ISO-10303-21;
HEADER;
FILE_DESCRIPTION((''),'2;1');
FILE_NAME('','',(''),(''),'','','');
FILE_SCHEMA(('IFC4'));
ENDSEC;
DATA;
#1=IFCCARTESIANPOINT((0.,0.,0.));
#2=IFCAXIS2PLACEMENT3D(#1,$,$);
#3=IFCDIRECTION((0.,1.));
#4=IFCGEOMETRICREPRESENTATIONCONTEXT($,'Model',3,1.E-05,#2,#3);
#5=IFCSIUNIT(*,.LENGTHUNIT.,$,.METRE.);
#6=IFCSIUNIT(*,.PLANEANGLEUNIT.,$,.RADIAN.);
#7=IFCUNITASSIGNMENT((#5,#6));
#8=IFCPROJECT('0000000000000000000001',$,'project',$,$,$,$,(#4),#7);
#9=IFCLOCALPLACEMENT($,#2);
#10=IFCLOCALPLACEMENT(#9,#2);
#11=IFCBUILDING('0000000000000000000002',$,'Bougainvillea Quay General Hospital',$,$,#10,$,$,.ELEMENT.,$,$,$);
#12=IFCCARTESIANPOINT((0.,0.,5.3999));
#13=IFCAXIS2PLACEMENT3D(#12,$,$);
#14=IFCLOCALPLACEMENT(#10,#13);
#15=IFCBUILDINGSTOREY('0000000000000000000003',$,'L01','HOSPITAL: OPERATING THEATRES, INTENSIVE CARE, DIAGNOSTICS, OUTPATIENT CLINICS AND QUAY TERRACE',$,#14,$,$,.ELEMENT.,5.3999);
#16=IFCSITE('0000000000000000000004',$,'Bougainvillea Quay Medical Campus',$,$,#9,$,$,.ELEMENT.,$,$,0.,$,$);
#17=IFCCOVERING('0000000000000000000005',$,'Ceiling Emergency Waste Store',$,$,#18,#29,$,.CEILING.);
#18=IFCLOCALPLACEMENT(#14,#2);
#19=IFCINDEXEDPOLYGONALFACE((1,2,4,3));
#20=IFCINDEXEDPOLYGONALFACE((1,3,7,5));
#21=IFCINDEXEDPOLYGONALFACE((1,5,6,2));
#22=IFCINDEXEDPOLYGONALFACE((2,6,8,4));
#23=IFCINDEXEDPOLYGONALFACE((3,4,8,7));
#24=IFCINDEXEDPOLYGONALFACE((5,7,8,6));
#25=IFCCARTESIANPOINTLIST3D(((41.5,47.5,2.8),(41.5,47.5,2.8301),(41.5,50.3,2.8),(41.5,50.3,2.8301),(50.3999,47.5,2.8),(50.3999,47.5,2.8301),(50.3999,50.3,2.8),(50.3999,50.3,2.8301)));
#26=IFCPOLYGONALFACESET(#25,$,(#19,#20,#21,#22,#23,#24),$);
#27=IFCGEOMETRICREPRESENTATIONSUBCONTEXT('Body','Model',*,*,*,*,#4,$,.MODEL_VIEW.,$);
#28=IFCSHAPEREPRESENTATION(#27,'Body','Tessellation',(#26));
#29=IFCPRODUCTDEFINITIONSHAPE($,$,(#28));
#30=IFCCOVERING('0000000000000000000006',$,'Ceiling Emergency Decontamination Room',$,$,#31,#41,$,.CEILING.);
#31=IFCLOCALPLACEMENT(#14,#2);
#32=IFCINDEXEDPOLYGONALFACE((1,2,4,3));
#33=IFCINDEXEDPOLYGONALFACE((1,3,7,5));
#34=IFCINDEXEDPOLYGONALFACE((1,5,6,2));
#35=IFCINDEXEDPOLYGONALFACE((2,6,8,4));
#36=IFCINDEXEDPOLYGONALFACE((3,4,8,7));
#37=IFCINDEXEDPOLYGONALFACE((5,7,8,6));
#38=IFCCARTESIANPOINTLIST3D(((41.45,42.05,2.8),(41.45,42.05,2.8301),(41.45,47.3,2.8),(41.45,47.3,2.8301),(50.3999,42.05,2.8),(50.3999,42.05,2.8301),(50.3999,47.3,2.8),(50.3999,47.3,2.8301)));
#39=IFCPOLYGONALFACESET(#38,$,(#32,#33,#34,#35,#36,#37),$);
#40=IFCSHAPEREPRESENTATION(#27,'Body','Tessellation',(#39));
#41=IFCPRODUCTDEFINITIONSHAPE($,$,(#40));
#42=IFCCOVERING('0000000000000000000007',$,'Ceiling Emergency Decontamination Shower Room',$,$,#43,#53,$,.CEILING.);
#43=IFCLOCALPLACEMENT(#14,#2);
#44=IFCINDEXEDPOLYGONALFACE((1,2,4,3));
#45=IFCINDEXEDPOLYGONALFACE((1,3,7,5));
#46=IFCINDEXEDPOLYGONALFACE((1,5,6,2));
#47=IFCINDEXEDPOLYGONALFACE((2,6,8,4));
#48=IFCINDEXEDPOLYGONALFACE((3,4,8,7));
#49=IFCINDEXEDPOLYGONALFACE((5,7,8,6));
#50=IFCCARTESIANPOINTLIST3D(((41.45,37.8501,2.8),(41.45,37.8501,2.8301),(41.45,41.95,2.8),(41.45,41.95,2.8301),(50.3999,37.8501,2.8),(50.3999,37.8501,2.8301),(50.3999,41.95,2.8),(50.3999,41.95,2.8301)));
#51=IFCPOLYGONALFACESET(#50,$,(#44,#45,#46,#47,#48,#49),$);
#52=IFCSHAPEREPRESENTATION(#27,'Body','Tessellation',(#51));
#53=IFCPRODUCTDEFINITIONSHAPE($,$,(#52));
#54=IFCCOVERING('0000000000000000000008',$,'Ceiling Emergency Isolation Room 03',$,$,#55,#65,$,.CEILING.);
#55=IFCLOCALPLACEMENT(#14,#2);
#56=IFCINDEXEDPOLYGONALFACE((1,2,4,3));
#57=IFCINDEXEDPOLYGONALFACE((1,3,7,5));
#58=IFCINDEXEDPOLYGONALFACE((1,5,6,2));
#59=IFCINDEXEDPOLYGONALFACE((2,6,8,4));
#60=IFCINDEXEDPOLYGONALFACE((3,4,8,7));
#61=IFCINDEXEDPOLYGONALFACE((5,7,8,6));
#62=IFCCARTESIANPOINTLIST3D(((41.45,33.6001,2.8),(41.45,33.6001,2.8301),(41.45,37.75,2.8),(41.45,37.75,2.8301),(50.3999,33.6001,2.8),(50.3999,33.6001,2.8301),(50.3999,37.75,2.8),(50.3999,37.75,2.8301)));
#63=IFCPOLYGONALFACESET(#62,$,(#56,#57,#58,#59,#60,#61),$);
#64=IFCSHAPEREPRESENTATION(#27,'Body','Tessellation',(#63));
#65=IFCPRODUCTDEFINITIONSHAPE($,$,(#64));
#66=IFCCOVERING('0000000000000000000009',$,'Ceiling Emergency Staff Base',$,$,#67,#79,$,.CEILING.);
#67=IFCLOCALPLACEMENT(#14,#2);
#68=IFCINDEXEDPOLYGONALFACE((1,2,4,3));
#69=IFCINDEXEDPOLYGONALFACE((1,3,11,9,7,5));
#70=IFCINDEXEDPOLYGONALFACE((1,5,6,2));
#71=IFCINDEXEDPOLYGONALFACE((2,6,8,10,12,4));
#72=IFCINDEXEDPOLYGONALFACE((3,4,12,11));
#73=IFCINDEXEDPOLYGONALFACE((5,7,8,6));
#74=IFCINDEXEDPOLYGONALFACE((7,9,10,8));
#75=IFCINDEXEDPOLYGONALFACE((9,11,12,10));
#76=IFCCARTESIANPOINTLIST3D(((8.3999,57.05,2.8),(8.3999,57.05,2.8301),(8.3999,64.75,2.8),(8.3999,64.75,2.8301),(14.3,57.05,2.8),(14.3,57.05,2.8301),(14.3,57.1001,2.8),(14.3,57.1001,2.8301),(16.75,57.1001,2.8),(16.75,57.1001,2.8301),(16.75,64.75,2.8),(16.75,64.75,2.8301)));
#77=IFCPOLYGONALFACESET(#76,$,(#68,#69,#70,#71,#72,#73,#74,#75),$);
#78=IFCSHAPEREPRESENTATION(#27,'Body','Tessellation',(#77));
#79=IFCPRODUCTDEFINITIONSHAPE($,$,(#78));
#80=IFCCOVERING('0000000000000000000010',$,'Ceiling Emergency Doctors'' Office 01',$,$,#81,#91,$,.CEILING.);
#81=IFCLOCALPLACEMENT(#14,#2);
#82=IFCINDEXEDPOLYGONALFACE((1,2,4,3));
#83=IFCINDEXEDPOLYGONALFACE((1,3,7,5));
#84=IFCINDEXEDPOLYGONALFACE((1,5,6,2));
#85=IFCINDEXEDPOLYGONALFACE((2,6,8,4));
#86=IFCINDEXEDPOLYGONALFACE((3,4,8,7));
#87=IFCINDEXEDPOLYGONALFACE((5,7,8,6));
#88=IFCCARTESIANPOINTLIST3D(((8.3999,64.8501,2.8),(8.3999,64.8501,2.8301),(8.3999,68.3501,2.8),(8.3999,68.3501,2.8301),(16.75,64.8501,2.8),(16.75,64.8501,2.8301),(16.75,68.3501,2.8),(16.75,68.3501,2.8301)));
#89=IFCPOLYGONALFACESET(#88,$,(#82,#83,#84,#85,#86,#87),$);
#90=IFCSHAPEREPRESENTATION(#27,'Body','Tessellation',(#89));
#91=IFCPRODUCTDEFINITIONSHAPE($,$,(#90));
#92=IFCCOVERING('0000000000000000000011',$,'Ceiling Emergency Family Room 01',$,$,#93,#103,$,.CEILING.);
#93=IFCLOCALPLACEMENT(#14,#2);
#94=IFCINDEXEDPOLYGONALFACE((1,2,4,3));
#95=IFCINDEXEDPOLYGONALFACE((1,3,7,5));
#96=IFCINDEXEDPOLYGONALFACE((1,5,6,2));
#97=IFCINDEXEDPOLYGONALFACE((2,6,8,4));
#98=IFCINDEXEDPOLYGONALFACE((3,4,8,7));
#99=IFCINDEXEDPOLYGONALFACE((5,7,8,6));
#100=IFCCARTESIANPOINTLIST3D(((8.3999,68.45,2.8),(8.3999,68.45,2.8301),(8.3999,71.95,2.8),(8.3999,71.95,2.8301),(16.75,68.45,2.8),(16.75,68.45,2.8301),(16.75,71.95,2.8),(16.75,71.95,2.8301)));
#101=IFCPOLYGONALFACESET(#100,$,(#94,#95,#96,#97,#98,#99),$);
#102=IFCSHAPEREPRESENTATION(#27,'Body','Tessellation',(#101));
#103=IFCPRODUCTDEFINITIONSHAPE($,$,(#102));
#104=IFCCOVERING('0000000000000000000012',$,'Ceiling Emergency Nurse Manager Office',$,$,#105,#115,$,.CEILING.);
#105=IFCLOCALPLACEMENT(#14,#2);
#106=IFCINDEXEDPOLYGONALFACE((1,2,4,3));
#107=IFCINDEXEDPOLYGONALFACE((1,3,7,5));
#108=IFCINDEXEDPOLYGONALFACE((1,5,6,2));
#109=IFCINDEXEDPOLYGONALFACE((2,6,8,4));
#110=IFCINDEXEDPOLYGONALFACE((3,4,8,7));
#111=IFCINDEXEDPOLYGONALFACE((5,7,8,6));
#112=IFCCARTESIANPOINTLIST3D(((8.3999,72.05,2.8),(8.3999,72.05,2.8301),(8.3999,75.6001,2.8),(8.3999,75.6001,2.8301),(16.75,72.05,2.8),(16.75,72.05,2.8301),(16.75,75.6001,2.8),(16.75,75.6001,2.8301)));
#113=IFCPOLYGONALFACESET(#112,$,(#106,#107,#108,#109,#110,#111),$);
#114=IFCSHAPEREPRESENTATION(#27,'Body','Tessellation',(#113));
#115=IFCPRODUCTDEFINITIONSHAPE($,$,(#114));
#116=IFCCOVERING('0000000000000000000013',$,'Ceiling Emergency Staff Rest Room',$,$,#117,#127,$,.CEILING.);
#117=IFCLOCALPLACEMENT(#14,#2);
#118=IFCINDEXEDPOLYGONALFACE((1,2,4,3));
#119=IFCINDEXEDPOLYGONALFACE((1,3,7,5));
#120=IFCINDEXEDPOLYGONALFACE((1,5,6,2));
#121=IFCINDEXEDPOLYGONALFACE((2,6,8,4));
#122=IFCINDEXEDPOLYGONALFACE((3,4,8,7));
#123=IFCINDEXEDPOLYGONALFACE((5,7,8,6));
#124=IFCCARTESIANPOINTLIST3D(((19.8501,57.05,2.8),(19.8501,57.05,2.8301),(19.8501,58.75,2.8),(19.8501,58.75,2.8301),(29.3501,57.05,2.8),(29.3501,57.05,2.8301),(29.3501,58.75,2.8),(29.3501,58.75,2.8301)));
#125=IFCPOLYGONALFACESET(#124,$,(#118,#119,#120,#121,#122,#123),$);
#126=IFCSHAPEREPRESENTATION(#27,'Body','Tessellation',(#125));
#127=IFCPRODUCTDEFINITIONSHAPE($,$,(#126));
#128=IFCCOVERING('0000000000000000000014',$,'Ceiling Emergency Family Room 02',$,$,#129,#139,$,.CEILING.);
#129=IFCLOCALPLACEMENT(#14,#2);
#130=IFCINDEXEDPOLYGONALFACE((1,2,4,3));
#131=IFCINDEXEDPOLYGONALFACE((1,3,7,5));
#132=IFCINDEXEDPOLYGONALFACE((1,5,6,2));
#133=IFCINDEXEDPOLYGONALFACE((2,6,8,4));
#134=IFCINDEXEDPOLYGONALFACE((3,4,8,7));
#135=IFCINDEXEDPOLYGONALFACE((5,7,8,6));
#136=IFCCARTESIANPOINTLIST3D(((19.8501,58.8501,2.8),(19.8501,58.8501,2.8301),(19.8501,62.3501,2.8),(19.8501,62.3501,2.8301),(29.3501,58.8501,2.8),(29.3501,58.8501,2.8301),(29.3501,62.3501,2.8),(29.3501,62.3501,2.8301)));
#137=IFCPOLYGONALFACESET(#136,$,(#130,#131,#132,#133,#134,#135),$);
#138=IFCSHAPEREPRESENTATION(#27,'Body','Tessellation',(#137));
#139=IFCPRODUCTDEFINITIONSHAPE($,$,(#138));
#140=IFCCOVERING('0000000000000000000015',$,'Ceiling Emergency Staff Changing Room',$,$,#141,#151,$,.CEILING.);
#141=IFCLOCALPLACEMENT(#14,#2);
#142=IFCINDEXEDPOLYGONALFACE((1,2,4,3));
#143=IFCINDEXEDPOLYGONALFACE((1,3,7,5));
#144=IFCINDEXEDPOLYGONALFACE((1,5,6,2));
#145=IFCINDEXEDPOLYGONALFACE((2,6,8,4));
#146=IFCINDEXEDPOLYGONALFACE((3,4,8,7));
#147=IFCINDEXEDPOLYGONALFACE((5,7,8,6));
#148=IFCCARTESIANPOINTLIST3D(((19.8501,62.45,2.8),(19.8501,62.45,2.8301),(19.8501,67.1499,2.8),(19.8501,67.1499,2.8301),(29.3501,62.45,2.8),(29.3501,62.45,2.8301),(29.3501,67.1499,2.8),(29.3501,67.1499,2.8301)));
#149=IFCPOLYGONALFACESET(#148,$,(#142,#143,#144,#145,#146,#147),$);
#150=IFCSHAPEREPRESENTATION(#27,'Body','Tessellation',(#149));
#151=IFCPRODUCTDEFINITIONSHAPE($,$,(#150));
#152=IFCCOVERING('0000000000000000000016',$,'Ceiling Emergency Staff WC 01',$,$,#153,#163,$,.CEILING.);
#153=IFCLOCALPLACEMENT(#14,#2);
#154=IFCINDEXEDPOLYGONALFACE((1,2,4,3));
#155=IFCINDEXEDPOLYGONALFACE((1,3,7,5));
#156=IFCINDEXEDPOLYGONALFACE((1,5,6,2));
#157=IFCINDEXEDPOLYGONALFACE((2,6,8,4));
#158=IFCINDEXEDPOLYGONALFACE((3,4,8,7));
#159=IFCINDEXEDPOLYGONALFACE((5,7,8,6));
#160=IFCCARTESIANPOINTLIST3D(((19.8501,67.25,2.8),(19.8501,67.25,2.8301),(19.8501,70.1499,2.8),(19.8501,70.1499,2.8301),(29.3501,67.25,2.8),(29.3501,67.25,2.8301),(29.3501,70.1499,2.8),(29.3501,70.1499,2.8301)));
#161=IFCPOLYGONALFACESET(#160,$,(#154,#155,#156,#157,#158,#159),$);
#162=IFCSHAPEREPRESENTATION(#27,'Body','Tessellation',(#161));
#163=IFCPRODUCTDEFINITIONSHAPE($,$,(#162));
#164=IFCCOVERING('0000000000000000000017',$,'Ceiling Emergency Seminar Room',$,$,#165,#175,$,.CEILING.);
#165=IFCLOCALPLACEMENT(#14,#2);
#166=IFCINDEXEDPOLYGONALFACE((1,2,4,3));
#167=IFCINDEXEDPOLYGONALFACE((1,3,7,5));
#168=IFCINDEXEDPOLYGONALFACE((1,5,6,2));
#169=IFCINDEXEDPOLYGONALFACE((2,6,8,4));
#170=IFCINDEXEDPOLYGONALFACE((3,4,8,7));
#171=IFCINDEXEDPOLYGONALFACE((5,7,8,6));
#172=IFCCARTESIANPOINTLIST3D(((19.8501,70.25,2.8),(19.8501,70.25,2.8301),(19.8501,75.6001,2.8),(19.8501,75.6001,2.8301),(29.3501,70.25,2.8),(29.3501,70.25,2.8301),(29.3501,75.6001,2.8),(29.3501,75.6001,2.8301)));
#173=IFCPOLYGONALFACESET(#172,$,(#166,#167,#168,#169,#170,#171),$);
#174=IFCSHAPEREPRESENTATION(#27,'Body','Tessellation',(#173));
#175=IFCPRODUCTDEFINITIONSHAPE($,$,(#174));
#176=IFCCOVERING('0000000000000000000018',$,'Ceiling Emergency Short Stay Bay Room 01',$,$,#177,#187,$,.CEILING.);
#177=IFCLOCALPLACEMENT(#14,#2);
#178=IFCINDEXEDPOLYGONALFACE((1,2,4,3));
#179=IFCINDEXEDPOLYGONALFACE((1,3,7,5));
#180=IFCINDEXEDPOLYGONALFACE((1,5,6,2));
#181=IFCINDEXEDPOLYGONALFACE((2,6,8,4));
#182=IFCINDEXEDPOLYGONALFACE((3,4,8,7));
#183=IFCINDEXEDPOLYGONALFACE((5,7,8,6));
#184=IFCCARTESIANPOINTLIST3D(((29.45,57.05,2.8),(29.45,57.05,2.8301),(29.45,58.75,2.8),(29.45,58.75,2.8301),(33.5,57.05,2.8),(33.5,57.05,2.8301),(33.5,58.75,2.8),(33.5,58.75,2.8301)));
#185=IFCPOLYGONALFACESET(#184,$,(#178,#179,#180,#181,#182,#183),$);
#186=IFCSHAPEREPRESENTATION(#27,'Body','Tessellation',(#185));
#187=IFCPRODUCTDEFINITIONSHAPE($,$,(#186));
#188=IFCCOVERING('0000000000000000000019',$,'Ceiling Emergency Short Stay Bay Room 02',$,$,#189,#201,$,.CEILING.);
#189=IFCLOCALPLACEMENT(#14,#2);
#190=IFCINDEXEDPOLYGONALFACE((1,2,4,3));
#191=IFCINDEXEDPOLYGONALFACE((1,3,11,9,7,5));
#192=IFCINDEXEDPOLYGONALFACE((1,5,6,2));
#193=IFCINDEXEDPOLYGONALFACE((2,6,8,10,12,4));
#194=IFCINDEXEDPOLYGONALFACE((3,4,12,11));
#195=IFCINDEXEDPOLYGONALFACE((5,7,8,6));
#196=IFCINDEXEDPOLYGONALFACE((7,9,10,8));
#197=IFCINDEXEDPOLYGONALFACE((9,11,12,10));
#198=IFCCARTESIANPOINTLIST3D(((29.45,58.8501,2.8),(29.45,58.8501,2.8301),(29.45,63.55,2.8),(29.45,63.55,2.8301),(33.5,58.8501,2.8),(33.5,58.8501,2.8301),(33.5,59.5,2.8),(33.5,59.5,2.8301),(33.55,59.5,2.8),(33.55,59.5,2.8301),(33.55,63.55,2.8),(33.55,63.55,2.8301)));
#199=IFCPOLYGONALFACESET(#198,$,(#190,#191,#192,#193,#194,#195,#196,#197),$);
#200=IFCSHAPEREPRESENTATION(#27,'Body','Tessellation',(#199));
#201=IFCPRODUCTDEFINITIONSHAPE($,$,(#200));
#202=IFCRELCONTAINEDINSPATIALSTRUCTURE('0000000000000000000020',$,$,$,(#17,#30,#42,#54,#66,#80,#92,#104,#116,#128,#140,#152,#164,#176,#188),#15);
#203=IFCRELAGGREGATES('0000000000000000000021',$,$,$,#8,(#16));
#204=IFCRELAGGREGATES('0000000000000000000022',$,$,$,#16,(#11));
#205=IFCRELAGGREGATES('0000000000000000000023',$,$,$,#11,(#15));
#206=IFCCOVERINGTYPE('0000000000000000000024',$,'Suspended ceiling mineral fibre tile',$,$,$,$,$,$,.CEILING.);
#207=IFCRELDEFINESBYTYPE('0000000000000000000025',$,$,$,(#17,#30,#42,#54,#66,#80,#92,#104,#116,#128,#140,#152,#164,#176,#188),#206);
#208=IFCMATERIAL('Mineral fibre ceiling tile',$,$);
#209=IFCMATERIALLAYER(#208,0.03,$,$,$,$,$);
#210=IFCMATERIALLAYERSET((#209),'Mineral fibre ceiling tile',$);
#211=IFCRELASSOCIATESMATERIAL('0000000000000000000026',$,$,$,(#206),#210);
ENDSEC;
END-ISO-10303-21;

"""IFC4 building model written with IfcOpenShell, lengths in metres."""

from ifc_helpers import new_model, si_unit, direction, frame, origin, place, context, subcontext, project, spatial, polyline, outline, extrude, material, layer, layer_set, type_object, element, save


model = new_model("IFC4")

# Units and contexts
model_context = context("Model", 3, precision=1e-05, world=origin(), true_north=direction((0.0, 1.0)))
body_context = subcontext(model_context, "Body", "Model", "MODEL_VIEW")
ifc_project = project(units=[si_unit("LENGTHUNIT", "METRE"), si_unit("PLANEANGLEUNIT", "RADIAN")], contexts=[model_context])

# Site, building, storey
site_placement = place(None, origin())
site = spatial("IfcSite", under=ifc_project, at=site_placement, Name="Bougainvillea Quay Medical Campus", CompositionType="ELEMENT", RefElevation=0.0)
building_placement = place(site_placement, origin())
building = spatial("IfcBuilding", under=site, at=building_placement, Name="Bougainvillea Quay General Hospital", CompositionType="ELEMENT")
storey_placement = place(building_placement, frame((0.0, 0.0, 5.3999)))
storey = spatial("IfcBuildingStorey", under=building, at=storey_placement, Name="L01", Description="HOSPITAL: OPERATING THEATRES, INTENSIVE CARE, DIAGNOSTICS, OUTPATIENT CLINICS AND QUAY TERRACE", CompositionType="ELEMENT", Elevation=5.3999)

# Coverings
ifc_material = material(Name="Mineral fibre ceiling tile")
ifc_layer = layer(ifc_material, 0.03)
ifc_layer_set = layer_set([ifc_layer], Name="Mineral fibre ceiling tile")
covering_type = type_object("IfcCoveringType", Name="Suspended ceiling mineral fibre tile", PredefinedType="CEILING", material=ifc_layer_set)
covering_1_placement = place(storey_placement, frame((0.0, 0.0, 2.8)))
element("IfcCovering", 1, at=covering_1_placement, inside=storey, type_object=covering_type, Name="Ceiling Emergency Waste Store", PredefinedType="CEILING", context=body_context, shape_type="SweptSolid", body=[
    extrude(outline(polyline([(50.3999, 50.3), (41.5, 50.3), (41.5, 47.5), (50.3999, 47.5), (50.3999, 50.3)])), origin(), (0.0, 0.0, 1.0), 0.03),
])
covering_2_placement = place(storey_placement, frame((0.0, 0.0, 2.8)))
element("IfcCovering", 2, at=covering_2_placement, inside=storey, type_object=covering_type, Name="Ceiling Emergency Decontamination Room", PredefinedType="CEILING", context=body_context, shape_type="SweptSolid", body=[
    extrude(outline(polyline([(50.3999, 47.3), (41.45, 47.3), (41.45, 42.05), (50.3999, 42.05), (50.3999, 47.3)])), origin(), (0.0, 0.0, 1.0), 0.03),
])
covering_3_placement = place(storey_placement, frame((0.0, 0.0, 2.8)))
element("IfcCovering", 3, at=covering_3_placement, inside=storey, type_object=covering_type, Name="Ceiling Emergency Decontamination Shower Room", PredefinedType="CEILING", context=body_context, shape_type="SweptSolid", body=[
    extrude(outline(polyline([(50.3999, 41.95), (41.45, 41.95), (41.45, 37.8501), (50.3999, 37.8501), (50.3999, 41.95)])), origin(), (0.0, 0.0, 1.0), 0.03),
])
covering_4_placement = place(storey_placement, frame((0.0, 0.0, 2.8)))
element("IfcCovering", 4, at=covering_4_placement, inside=storey, type_object=covering_type, Name="Ceiling Emergency Isolation Room 03", PredefinedType="CEILING", context=body_context, shape_type="SweptSolid", body=[
    extrude(outline(polyline([(50.3999, 37.75), (41.45, 37.75), (41.45, 33.6001), (50.3999, 33.6001), (50.3999, 37.75)])), origin(), (0.0, 0.0, 1.0), 0.03),
])
covering_5_placement = place(storey_placement, frame((0.0, 0.0, 2.8)))
element("IfcCovering", 5, at=covering_5_placement, inside=storey, type_object=covering_type, Name="Ceiling Emergency Staff Base", PredefinedType="CEILING", context=body_context, shape_type="SweptSolid", body=[
    extrude(outline(polyline([(8.3999, 57.05), (14.3, 57.05), (14.3, 57.1001), (16.75, 57.1001), (16.75, 64.75), (8.3999, 64.75), (8.3999, 57.05)])), origin(), (0.0, 0.0, 1.0), 0.03),
])
covering_6_placement = place(storey_placement, frame((0.0, 0.0, 2.8)))
element("IfcCovering", 6, at=covering_6_placement, inside=storey, type_object=covering_type, Name="Ceiling Emergency Doctors' Office 01", PredefinedType="CEILING", context=body_context, shape_type="SweptSolid", body=[
    extrude(outline(polyline([(8.3999, 64.8501), (16.75, 64.8501), (16.75, 68.3501), (8.3999, 68.3501), (8.3999, 64.8501)])), origin(), (0.0, 0.0, 1.0), 0.03),
])
covering_7_placement = place(storey_placement, frame((0.0, 0.0, 2.8)))
element("IfcCovering", 7, at=covering_7_placement, inside=storey, type_object=covering_type, Name="Ceiling Emergency Family Room 01", PredefinedType="CEILING", context=body_context, shape_type="SweptSolid", body=[
    extrude(outline(polyline([(8.3999, 68.45), (16.75, 68.45), (16.75, 71.95), (8.3999, 71.95), (8.3999, 68.45)])), origin(), (0.0, 0.0, 1.0), 0.03),
])
covering_8_placement = place(storey_placement, frame((0.0, 0.0, 2.8)))
element("IfcCovering", 8, at=covering_8_placement, inside=storey, type_object=covering_type, Name="Ceiling Emergency Nurse Manager Office", PredefinedType="CEILING", context=body_context, shape_type="SweptSolid", body=[
    extrude(outline(polyline([(8.3999, 75.6001), (8.3999, 72.05), (16.75, 72.05), (16.75, 75.6001), (8.3999, 75.6001)])), origin(), (0.0, 0.0, 1.0), 0.03),
])
covering_9_placement = place(storey_placement, frame((0.0, 0.0, 2.8)))
element("IfcCovering", 9, at=covering_9_placement, inside=storey, type_object=covering_type, Name="Ceiling Emergency Staff Rest Room", PredefinedType="CEILING", context=body_context, shape_type="SweptSolid", body=[
    extrude(outline(polyline([(19.8501, 58.75), (19.8501, 57.05), (29.3501, 57.05), (29.3501, 58.75), (19.8501, 58.75)])), origin(), (0.0, 0.0, 1.0), 0.03),
])
covering_10_placement = place(storey_placement, frame((0.0, 0.0, 2.8)))
element("IfcCovering", 10, at=covering_10_placement, inside=storey, type_object=covering_type, Name="Ceiling Emergency Family Room 02", PredefinedType="CEILING", context=body_context, shape_type="SweptSolid", body=[
    extrude(outline(polyline([(19.8501, 62.3501), (19.8501, 58.8501), (29.3501, 58.8501), (29.3501, 62.3501), (19.8501, 62.3501)])), origin(), (0.0, 0.0, 1.0), 0.03),
])
covering_11_placement = place(storey_placement, frame((0.0, 0.0, 2.8)))
element("IfcCovering", 11, at=covering_11_placement, inside=storey, type_object=covering_type, Name="Ceiling Emergency Staff Changing Room", PredefinedType="CEILING", context=body_context, shape_type="SweptSolid", body=[
    extrude(outline(polyline([(19.8501, 67.1499), (19.8501, 62.45), (29.3501, 62.45), (29.3501, 67.1499), (19.8501, 67.1499)])), origin(), (0.0, 0.0, 1.0), 0.03),
])
covering_12_placement = place(storey_placement, frame((0.0, 0.0, 2.8)))
element("IfcCovering", 12, at=covering_12_placement, inside=storey, type_object=covering_type, Name="Ceiling Emergency Staff WC 01", PredefinedType="CEILING", context=body_context, shape_type="SweptSolid", body=[
    extrude(outline(polyline([(19.8501, 70.1499), (19.8501, 67.25), (29.3501, 67.25), (29.3501, 70.1499), (19.8501, 70.1499)])), origin(), (0.0, 0.0, 1.0), 0.03),
])
covering_13_placement = place(storey_placement, frame((0.0, 0.0, 2.8)))
element("IfcCovering", 13, at=covering_13_placement, inside=storey, type_object=covering_type, Name="Ceiling Emergency Seminar Room", PredefinedType="CEILING", context=body_context, shape_type="SweptSolid", body=[
    extrude(outline(polyline([(19.8501, 75.6001), (19.8501, 70.25), (29.3501, 70.25), (29.3501, 75.6001), (19.8501, 75.6001)])), origin(), (0.0, 0.0, 1.0), 0.03),
])
covering_14_placement = place(storey_placement, frame((0.0, 0.0, 2.8)))
element("IfcCovering", 14, at=covering_14_placement, inside=storey, type_object=covering_type, Name="Ceiling Emergency Short Stay Bay Room 01", PredefinedType="CEILING", context=body_context, shape_type="SweptSolid", body=[
    extrude(outline(polyline([(29.45, 58.75), (29.45, 57.05), (33.5, 57.05), (33.5, 58.75), (29.45, 58.75)])), origin(), (0.0, 0.0, 1.0), 0.03),
])
covering_15_placement = place(storey_placement, frame((0.0, 0.0, 2.8)))
element("IfcCovering", 15, at=covering_15_placement, inside=storey, type_object=covering_type, Name="Ceiling Emergency Short Stay Bay Room 02", PredefinedType="CEILING", context=body_context, shape_type="SweptSolid", body=[
    extrude(outline(polyline([(33.55, 59.5), (33.55, 63.55), (29.45, 63.55), (29.45, 58.8501), (33.5, 58.8501), (33.5, 59.5), (33.55, 59.5)])), origin(), (0.0, 0.0, 1.0), 0.03),
])

save(model, "model.ifc")
